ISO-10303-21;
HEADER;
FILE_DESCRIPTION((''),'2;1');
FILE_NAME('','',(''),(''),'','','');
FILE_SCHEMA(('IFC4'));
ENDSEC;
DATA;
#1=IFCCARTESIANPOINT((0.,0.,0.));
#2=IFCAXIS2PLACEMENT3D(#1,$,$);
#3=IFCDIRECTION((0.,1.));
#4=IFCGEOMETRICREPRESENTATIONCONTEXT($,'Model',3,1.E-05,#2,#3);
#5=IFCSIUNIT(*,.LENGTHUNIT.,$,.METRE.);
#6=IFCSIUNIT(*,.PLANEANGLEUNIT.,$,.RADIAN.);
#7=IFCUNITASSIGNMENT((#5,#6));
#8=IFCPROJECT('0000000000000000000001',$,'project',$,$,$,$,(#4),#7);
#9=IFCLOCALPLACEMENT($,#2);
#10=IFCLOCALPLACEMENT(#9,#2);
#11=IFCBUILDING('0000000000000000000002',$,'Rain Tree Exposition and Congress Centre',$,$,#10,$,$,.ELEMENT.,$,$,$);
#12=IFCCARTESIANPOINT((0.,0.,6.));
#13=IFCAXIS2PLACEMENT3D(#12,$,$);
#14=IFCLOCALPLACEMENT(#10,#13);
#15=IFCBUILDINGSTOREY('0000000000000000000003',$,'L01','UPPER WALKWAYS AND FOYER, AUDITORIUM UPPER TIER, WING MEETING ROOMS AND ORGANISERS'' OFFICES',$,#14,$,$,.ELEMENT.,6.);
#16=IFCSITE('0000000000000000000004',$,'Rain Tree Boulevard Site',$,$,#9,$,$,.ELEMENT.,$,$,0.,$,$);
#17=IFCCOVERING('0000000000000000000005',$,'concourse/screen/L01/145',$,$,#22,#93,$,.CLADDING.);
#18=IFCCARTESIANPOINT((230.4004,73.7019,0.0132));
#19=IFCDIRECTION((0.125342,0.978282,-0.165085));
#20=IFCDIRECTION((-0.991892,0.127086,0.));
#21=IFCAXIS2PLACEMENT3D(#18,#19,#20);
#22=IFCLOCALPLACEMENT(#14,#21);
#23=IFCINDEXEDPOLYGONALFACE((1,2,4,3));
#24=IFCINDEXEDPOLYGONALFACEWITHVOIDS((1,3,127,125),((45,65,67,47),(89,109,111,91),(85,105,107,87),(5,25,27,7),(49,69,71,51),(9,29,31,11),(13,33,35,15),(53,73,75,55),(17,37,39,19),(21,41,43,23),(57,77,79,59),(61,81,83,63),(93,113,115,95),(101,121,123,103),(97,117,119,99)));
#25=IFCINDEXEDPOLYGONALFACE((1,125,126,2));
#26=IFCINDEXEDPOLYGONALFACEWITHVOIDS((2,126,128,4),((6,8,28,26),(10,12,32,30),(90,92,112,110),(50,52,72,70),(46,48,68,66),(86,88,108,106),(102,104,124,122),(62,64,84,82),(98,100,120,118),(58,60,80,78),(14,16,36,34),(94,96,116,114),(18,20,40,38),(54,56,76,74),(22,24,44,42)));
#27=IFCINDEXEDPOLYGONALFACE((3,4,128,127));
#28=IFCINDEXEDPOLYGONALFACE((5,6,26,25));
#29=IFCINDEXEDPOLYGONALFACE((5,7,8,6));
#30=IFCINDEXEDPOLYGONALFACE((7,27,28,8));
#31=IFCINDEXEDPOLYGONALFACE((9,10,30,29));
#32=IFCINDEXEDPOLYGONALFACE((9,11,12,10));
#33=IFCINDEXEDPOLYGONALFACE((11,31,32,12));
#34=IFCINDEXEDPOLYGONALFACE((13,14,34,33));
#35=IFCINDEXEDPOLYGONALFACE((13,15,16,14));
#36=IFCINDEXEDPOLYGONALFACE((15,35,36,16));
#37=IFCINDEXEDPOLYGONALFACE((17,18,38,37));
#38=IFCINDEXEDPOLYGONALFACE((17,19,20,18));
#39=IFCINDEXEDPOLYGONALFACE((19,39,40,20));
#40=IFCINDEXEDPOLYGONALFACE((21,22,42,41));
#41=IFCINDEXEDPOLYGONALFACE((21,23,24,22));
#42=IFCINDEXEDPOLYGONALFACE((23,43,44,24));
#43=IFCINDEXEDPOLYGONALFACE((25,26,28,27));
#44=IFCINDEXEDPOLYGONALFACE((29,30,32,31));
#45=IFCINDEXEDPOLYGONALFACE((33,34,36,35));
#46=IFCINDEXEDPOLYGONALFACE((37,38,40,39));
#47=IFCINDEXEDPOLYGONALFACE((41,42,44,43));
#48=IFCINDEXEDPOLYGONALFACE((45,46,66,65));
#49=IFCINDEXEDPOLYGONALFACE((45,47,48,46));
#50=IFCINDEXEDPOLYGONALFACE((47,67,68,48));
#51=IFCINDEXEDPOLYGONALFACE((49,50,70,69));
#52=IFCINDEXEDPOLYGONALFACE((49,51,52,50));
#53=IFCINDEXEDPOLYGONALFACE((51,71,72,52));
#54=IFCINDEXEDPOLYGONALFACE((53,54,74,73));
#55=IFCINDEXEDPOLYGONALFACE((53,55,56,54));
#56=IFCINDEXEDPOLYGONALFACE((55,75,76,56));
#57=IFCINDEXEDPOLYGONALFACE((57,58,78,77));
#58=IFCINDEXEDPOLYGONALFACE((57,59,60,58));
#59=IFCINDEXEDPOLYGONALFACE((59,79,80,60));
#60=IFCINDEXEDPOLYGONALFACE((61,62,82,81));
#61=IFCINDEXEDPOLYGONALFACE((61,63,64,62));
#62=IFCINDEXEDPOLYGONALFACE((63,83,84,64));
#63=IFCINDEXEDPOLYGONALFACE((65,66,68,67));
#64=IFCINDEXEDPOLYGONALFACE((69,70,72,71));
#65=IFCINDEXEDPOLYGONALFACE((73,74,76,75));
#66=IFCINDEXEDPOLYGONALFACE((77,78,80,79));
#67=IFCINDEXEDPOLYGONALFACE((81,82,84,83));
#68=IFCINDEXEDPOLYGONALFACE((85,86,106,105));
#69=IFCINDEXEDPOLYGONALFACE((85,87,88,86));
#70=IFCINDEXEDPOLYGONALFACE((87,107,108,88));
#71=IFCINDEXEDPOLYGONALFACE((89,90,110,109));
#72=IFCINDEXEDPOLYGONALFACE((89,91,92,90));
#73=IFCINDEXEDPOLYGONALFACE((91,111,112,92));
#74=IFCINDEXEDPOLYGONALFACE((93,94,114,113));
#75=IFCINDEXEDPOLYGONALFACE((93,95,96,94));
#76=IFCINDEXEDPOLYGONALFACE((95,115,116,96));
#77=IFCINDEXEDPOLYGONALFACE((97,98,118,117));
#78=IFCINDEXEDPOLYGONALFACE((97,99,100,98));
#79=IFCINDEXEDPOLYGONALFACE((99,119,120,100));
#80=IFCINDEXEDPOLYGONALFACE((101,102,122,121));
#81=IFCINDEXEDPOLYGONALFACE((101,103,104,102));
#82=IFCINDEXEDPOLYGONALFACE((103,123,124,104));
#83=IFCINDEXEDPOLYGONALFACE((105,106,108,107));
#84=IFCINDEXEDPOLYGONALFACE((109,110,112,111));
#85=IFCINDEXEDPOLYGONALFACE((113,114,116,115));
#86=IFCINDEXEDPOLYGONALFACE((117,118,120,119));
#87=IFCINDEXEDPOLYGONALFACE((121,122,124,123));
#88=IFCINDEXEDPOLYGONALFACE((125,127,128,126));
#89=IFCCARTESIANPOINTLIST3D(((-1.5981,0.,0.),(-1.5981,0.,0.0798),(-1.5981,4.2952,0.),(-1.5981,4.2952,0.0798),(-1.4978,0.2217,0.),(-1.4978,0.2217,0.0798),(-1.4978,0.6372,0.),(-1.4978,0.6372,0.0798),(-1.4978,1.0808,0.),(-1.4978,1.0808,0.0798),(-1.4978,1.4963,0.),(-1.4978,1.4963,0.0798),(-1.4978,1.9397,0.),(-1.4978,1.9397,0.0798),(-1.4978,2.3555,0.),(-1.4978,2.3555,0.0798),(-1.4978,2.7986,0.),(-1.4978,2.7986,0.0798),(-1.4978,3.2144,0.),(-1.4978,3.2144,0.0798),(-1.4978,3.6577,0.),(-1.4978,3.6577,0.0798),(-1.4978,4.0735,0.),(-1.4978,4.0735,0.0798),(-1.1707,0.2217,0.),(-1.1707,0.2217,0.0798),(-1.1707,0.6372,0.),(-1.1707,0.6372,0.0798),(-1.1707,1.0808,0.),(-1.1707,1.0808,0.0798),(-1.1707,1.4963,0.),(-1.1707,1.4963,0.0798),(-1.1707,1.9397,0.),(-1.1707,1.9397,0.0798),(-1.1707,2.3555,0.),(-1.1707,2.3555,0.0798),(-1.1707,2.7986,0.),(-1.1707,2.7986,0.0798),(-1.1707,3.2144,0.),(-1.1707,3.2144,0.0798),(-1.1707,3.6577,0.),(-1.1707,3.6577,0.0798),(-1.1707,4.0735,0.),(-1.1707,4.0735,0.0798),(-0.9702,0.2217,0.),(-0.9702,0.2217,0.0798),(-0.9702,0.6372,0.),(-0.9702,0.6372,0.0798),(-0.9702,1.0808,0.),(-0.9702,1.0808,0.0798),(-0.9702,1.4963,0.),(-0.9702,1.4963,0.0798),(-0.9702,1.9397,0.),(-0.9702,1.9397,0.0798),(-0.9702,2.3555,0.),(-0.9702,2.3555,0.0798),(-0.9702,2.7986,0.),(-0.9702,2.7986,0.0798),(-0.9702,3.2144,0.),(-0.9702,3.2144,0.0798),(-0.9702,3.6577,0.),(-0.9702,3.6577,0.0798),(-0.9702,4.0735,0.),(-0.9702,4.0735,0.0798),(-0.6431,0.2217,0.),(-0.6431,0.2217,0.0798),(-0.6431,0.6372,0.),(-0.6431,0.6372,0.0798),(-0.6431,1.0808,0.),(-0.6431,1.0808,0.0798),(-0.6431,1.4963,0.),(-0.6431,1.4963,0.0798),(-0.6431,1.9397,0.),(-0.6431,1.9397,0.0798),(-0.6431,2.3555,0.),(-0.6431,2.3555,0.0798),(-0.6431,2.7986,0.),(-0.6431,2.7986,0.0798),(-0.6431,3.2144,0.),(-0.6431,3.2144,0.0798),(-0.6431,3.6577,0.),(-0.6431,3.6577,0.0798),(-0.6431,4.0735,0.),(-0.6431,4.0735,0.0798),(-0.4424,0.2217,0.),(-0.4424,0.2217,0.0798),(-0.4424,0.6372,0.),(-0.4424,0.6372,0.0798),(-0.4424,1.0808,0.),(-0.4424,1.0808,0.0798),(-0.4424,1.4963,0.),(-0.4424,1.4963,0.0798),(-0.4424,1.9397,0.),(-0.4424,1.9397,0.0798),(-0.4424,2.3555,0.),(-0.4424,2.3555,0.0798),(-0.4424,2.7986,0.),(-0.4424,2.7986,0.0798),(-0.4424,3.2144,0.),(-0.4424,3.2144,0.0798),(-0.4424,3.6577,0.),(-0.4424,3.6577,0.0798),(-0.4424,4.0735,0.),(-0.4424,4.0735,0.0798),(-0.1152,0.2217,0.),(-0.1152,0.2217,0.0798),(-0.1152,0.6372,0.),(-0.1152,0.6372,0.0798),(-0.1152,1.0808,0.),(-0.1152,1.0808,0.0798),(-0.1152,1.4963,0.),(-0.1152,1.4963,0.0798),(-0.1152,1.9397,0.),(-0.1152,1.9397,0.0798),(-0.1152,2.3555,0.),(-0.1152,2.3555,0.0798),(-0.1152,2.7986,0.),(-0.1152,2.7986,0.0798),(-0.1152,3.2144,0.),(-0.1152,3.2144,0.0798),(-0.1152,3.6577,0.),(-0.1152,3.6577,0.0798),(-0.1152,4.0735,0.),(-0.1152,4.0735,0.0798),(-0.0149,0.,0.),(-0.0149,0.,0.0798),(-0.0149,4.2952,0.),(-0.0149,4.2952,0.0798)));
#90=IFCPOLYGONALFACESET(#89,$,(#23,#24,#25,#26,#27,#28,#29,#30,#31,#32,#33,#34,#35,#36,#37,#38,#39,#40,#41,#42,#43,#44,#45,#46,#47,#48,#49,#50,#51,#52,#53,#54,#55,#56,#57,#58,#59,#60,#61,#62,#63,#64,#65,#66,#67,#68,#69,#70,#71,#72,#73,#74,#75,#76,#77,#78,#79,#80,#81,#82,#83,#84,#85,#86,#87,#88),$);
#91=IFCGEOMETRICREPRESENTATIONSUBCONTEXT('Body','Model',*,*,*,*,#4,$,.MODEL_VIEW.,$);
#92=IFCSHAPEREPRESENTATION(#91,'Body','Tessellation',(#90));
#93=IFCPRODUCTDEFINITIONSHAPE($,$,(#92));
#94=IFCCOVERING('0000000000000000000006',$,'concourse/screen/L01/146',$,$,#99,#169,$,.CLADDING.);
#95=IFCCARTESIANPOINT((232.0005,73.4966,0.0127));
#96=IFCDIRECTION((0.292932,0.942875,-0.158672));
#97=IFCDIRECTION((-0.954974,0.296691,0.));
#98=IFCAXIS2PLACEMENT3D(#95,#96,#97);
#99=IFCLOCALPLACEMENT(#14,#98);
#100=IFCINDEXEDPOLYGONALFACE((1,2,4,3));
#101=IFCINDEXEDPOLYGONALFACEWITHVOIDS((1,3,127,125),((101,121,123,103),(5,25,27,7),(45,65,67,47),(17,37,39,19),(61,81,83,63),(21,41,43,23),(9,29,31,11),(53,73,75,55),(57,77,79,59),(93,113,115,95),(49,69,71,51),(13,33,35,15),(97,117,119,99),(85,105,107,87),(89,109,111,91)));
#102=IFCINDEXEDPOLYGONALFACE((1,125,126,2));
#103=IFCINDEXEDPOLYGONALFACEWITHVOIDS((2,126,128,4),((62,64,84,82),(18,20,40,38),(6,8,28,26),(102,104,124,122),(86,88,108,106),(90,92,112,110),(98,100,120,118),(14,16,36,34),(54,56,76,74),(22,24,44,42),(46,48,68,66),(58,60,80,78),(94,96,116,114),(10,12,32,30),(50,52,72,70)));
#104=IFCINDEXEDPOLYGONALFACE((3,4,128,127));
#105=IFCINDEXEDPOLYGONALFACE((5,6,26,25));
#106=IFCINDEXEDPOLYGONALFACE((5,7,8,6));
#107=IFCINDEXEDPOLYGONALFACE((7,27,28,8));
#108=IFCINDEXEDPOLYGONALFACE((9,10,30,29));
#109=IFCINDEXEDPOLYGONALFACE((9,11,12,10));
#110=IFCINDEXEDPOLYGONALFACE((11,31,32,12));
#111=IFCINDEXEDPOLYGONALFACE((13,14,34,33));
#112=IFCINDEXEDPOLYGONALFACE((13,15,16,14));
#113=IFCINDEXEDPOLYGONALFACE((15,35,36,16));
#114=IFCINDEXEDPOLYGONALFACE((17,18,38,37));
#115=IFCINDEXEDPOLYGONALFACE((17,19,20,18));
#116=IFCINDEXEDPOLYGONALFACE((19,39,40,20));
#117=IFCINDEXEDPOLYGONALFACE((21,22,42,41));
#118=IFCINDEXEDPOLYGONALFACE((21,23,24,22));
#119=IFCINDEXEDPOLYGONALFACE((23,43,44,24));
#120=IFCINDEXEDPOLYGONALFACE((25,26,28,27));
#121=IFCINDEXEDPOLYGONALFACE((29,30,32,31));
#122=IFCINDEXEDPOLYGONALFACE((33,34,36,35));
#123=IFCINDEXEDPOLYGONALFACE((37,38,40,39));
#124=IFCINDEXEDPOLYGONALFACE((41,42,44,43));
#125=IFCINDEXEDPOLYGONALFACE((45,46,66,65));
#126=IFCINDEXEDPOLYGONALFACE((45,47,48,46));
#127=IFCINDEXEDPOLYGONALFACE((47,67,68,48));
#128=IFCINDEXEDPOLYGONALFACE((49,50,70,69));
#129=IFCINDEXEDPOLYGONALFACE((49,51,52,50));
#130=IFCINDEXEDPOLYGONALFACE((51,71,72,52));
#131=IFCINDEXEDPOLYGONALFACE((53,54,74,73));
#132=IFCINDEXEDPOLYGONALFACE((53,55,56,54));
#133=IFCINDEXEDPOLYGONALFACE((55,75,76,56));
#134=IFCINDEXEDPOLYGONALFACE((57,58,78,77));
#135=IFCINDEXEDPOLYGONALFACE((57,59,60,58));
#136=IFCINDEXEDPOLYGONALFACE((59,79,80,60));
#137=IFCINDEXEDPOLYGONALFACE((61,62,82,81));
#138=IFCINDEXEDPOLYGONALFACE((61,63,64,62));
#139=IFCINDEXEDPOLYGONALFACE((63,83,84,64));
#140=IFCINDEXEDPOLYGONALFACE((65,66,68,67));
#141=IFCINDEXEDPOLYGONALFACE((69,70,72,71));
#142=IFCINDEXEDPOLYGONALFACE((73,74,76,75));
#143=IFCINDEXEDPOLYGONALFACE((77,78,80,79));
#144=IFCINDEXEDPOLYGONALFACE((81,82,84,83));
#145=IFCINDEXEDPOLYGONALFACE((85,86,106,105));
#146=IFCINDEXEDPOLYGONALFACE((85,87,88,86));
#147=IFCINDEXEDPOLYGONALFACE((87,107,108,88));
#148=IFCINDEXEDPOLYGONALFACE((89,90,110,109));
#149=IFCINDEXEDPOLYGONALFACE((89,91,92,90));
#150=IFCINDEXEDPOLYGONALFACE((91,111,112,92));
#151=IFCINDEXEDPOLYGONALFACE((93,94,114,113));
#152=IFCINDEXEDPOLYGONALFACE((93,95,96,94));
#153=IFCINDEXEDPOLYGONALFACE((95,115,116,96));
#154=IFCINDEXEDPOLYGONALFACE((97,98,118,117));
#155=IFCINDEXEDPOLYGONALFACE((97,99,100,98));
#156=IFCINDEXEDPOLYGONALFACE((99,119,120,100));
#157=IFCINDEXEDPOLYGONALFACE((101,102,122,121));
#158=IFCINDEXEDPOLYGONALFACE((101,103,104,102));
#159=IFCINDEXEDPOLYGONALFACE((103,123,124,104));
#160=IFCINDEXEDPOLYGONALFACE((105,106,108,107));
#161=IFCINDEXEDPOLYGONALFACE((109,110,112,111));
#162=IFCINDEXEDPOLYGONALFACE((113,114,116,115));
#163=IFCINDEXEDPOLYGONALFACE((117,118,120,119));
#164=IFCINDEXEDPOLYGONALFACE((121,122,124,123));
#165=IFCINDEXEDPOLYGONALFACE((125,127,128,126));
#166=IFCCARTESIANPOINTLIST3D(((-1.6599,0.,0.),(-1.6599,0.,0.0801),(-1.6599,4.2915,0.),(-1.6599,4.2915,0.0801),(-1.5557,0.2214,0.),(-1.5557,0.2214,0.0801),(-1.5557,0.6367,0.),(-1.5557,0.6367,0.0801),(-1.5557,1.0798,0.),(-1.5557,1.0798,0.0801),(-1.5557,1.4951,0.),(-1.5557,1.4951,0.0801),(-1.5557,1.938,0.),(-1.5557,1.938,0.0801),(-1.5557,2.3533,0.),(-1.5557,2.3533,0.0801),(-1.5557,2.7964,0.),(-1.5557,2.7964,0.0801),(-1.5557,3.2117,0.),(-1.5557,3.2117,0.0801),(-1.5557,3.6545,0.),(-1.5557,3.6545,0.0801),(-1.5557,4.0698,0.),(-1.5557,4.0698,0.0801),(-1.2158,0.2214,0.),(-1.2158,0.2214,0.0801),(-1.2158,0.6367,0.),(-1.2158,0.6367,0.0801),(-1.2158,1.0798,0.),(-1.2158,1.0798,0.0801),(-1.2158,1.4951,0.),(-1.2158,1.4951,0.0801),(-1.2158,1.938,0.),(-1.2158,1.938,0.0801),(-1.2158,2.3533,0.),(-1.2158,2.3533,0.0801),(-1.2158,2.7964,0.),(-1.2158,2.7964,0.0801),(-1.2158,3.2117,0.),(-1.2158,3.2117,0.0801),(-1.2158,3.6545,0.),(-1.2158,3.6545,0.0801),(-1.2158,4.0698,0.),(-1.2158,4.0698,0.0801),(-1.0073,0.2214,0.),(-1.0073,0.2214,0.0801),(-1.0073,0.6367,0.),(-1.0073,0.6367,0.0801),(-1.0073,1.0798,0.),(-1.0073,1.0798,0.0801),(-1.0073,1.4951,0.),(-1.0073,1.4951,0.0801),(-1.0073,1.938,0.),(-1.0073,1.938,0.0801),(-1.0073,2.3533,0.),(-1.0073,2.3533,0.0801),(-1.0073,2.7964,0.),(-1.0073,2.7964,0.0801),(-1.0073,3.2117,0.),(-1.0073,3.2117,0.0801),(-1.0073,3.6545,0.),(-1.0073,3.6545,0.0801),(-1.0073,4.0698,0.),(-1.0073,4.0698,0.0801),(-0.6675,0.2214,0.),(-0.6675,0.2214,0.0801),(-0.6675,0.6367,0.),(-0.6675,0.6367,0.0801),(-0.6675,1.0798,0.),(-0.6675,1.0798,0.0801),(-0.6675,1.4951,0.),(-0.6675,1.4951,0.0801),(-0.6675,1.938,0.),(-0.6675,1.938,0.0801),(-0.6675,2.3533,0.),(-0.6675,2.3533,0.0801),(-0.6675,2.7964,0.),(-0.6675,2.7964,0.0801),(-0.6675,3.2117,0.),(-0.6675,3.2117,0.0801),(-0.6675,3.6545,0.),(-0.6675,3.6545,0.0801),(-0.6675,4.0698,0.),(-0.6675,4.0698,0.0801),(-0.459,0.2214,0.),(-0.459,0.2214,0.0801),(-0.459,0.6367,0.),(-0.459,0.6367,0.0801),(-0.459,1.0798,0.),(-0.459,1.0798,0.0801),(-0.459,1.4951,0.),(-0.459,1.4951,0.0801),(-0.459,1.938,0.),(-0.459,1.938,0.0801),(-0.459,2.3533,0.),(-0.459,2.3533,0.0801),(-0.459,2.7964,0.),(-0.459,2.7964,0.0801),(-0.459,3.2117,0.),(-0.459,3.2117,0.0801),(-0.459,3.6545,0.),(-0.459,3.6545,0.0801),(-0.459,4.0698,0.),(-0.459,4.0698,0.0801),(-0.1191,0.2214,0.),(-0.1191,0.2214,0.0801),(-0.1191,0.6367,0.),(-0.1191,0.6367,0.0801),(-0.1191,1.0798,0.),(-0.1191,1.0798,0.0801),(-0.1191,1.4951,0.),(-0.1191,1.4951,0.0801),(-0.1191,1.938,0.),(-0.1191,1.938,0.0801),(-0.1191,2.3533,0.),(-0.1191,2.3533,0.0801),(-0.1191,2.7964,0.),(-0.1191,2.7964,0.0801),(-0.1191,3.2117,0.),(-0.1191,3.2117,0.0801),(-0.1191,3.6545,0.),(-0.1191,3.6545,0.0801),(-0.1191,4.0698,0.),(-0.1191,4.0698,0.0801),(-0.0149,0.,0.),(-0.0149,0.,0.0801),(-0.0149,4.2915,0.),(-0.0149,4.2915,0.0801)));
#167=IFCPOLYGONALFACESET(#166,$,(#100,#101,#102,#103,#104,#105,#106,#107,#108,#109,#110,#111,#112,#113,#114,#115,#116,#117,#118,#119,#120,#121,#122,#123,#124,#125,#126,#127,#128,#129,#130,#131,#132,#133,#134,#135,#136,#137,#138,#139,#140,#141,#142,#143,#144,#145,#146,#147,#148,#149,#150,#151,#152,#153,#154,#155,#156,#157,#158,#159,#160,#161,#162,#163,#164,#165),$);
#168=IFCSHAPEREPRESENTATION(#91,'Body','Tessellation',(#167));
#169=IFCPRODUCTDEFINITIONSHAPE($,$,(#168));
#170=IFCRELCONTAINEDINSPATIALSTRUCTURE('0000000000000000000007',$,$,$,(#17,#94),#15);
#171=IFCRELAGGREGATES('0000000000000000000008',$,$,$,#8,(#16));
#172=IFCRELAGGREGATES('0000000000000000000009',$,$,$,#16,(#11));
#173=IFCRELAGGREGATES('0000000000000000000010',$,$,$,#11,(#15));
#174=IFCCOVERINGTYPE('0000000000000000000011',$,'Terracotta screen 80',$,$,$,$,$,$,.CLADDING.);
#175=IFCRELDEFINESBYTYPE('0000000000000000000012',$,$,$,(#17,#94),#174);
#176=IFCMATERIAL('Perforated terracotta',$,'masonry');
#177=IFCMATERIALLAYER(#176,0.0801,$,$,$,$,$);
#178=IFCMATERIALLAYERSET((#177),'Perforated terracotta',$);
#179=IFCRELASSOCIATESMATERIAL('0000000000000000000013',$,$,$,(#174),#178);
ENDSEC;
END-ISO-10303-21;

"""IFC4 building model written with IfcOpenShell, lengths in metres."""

from ifc_helpers import new_model, si_unit, direction, frame, origin, place, context, subcontext, project, spatial, polyline, outline, extrude, material, layer, layer_set, type_object, element, save


model = new_model("IFC4")

# Units and contexts
model_context = context("Model", 3, precision=1e-05, world=origin(), true_north=direction((0.0, 1.0)))
body_context = subcontext(model_context, "Body", "Model", "MODEL_VIEW")
ifc_project = project(units=[si_unit("LENGTHUNIT", "METRE"), si_unit("PLANEANGLEUNIT", "RADIAN")], contexts=[model_context])

# Site, building, storey
site_placement = place(None, origin())
site = spatial("IfcSite", under=ifc_project, at=site_placement, Name="Rain Tree Boulevard Site", CompositionType="ELEMENT", RefElevation=0.0)
building_placement = place(site_placement, origin())
building = spatial("IfcBuilding", under=site, at=building_placement, Name="Rain Tree Exposition and Congress Centre", CompositionType="ELEMENT")
storey_placement = place(building_placement, frame((0.0, 0.0, 6.0)))
storey = spatial("IfcBuildingStorey", under=building, at=storey_placement, Name="L01", Description="UPPER WALKWAYS AND FOYER, AUDITORIUM UPPER TIER, WING MEETING ROOMS AND ORGANISERS' OFFICES", CompositionType="ELEMENT", Elevation=6.0)

# Coverings
ifc_material_1 = material(Name="Perforated terracotta", Category="masonry")
ifc_layer_1 = layer(ifc_material_1, 0.0801)
ifc_layer_set_1 = layer_set([ifc_layer_1], Name="Perforated terracotta")
covering_type = type_object("IfcCoveringType", Name="Terracotta screen 80", PredefinedType="CLADDING", material=ifc_layer_set_1)
covering_1_placement = place(storey_placement, frame((230.4004, 73.7019, 0.0132), z_axis=(0.125342, 0.978282, -0.165085), x_axis=(-0.991892, 0.127086, 0.0)))
element("IfcCovering", 1, at=covering_1_placement, inside=storey, type_object=covering_type, Name="concourse/screen/L01/145", PredefinedType="CLADDING", context=body_context, shape_type="SweptSolid", body=[
    extrude(outline(polyline([(-1.5981, 0.0), (-1.5981, 4.2952), (-0.0149, 4.2952), (-0.0149, 0.0), (-1.5981, 0.0)]), holes=[polyline([(-0.1152, 0.2217), (-0.1152, 0.6372), (-0.4424, 0.6372), (-0.4424, 0.2217), (-0.1152, 0.2217)]), polyline([(-0.1152, 1.0808), (-0.1152, 1.4963), (-0.4424, 1.4963), (-0.4424, 1.0808), (-0.1152, 1.0808)]), polyline([(-0.1152, 1.9397), (-0.1152, 2.3555), (-0.4424, 2.3555), (-0.4424, 1.9397), (-0.1152, 1.9397)]), polyline([(-0.1152, 2.7986), (-0.1152, 3.2144), (-0.4424, 3.2144), (-0.4424, 2.7986), (-0.1152, 2.7986)]), polyline([(-0.1152, 3.6577), (-0.1152, 4.0735), (-0.4424, 4.0735), (-0.4424, 3.6577), (-0.1152, 3.6577)]), polyline([(-0.6431, 0.2217), (-0.6431, 0.6372), (-0.9702, 0.6372), (-0.9702, 0.2217), (-0.6431, 0.2217)]), polyline([(-0.6431, 1.0808), (-0.6431, 1.4963), (-0.9702, 1.4963), (-0.9702, 1.0808), (-0.6431, 1.0808)]), polyline([(-0.6431, 1.9397), (-0.6431, 2.3555), (-0.9702, 2.3555), (-0.9702, 1.9397), (-0.6431, 1.9397)]), polyline([(-0.6431, 2.7986), (-0.6431, 3.2144), (-0.9702, 3.2144), (-0.9702, 2.7986), (-0.6431, 2.7986)]), polyline([(-0.6431, 3.6577), (-0.6431, 4.0735), (-0.9702, 4.0735), (-0.9702, 3.6577), (-0.6431, 3.6577)]), polyline([(-1.1707, 0.2217), (-1.1707, 0.6372), (-1.4978, 0.6372), (-1.4978, 0.2217), (-1.1707, 0.2217)]), polyline([(-1.1707, 1.0808), (-1.1707, 1.4963), (-1.4978, 1.4963), (-1.4978, 1.0808), (-1.1707, 1.0808)]), polyline([(-1.1707, 1.9397), (-1.1707, 2.3555), (-1.4978, 2.3555), (-1.4978, 1.9397), (-1.1707, 1.9397)]), polyline([(-1.1707, 2.7986), (-1.1707, 3.2144), (-1.4978, 3.2144), (-1.4978, 2.7986), (-1.1707, 2.7986)]), polyline([(-1.1707, 3.6577), (-1.1707, 4.0735), (-1.4978, 4.0735), (-1.4978, 3.6577), (-1.1707, 3.6577)])]), origin(), (0.0, 0.0, 1.0), 0.0798),
])
covering_2_placement = place(storey_placement, frame((232.0005, 73.4966, 0.0127), z_axis=(0.292932, 0.942875, -0.158672), x_axis=(-0.954974, 0.296691, 0.0)))
element("IfcCovering", 2, at=covering_2_placement, inside=storey, type_object=covering_type, Name="concourse/screen/L01/146", PredefinedType="CLADDING", context=body_context, shape_type="SweptSolid", body=[
    extrude(outline(polyline([(-1.6599, 0.0), (-1.6599, 4.2915), (-0.0149, 4.2915), (-0.0149, 0.0), (-1.6599, 0.0)]), holes=[polyline([(-0.1191, 0.2214), (-0.1191, 0.6367), (-0.459, 0.6367), (-0.459, 0.2214), (-0.1191, 0.2214)]), polyline([(-0.1191, 1.0798), (-0.1191, 1.4951), (-0.459, 1.4951), (-0.459, 1.0798), (-0.1191, 1.0798)]), polyline([(-0.1191, 1.938), (-0.1191, 2.3533), (-0.459, 2.3533), (-0.459, 1.938), (-0.1191, 1.938)]), polyline([(-0.1191, 2.7964), (-0.1191, 3.2117), (-0.459, 3.2117), (-0.459, 2.7964), (-0.1191, 2.7964)]), polyline([(-0.1191, 3.6545), (-0.1191, 4.0698), (-0.459, 4.0698), (-0.459, 3.6545), (-0.1191, 3.6545)]), polyline([(-0.6675, 0.2214), (-0.6675, 0.6367), (-1.0073, 0.6367), (-1.0073, 0.2214), (-0.6675, 0.2214)]), polyline([(-0.6675, 1.0798), (-0.6675, 1.4951), (-1.0073, 1.4951), (-1.0073, 1.0798), (-0.6675, 1.0798)]), polyline([(-0.6675, 1.938), (-0.6675, 2.3533), (-1.0073, 2.3533), (-1.0073, 1.938), (-0.6675, 1.938)]), polyline([(-0.6675, 2.7964), (-0.6675, 3.2117), (-1.0073, 3.2117), (-1.0073, 2.7964), (-0.6675, 2.7964)]), polyline([(-0.6675, 3.6545), (-0.6675, 4.0698), (-1.0073, 4.0698), (-1.0073, 3.6545), (-0.6675, 3.6545)]), polyline([(-1.2158, 0.2214), (-1.2158, 0.6367), (-1.5557, 0.6367), (-1.5557, 0.2214), (-1.2158, 0.2214)]), polyline([(-1.2158, 1.0798), (-1.2158, 1.4951), (-1.5557, 1.4951), (-1.5557, 1.0798), (-1.2158, 1.0798)]), polyline([(-1.2158, 1.938), (-1.2158, 2.3533), (-1.5557, 2.3533), (-1.5557, 1.938), (-1.2158, 1.938)]), polyline([(-1.2158, 2.7964), (-1.2158, 3.2117), (-1.5557, 3.2117), (-1.5557, 2.7964), (-1.2158, 2.7964)]), polyline([(-1.2158, 3.6545), (-1.2158, 4.0698), (-1.5557, 4.0698), (-1.5557, 3.6545), (-1.2158, 3.6545)])]), origin(), (0.0, 0.0, 1.0), 0.0801),
])

save(model, "model.ifc")
